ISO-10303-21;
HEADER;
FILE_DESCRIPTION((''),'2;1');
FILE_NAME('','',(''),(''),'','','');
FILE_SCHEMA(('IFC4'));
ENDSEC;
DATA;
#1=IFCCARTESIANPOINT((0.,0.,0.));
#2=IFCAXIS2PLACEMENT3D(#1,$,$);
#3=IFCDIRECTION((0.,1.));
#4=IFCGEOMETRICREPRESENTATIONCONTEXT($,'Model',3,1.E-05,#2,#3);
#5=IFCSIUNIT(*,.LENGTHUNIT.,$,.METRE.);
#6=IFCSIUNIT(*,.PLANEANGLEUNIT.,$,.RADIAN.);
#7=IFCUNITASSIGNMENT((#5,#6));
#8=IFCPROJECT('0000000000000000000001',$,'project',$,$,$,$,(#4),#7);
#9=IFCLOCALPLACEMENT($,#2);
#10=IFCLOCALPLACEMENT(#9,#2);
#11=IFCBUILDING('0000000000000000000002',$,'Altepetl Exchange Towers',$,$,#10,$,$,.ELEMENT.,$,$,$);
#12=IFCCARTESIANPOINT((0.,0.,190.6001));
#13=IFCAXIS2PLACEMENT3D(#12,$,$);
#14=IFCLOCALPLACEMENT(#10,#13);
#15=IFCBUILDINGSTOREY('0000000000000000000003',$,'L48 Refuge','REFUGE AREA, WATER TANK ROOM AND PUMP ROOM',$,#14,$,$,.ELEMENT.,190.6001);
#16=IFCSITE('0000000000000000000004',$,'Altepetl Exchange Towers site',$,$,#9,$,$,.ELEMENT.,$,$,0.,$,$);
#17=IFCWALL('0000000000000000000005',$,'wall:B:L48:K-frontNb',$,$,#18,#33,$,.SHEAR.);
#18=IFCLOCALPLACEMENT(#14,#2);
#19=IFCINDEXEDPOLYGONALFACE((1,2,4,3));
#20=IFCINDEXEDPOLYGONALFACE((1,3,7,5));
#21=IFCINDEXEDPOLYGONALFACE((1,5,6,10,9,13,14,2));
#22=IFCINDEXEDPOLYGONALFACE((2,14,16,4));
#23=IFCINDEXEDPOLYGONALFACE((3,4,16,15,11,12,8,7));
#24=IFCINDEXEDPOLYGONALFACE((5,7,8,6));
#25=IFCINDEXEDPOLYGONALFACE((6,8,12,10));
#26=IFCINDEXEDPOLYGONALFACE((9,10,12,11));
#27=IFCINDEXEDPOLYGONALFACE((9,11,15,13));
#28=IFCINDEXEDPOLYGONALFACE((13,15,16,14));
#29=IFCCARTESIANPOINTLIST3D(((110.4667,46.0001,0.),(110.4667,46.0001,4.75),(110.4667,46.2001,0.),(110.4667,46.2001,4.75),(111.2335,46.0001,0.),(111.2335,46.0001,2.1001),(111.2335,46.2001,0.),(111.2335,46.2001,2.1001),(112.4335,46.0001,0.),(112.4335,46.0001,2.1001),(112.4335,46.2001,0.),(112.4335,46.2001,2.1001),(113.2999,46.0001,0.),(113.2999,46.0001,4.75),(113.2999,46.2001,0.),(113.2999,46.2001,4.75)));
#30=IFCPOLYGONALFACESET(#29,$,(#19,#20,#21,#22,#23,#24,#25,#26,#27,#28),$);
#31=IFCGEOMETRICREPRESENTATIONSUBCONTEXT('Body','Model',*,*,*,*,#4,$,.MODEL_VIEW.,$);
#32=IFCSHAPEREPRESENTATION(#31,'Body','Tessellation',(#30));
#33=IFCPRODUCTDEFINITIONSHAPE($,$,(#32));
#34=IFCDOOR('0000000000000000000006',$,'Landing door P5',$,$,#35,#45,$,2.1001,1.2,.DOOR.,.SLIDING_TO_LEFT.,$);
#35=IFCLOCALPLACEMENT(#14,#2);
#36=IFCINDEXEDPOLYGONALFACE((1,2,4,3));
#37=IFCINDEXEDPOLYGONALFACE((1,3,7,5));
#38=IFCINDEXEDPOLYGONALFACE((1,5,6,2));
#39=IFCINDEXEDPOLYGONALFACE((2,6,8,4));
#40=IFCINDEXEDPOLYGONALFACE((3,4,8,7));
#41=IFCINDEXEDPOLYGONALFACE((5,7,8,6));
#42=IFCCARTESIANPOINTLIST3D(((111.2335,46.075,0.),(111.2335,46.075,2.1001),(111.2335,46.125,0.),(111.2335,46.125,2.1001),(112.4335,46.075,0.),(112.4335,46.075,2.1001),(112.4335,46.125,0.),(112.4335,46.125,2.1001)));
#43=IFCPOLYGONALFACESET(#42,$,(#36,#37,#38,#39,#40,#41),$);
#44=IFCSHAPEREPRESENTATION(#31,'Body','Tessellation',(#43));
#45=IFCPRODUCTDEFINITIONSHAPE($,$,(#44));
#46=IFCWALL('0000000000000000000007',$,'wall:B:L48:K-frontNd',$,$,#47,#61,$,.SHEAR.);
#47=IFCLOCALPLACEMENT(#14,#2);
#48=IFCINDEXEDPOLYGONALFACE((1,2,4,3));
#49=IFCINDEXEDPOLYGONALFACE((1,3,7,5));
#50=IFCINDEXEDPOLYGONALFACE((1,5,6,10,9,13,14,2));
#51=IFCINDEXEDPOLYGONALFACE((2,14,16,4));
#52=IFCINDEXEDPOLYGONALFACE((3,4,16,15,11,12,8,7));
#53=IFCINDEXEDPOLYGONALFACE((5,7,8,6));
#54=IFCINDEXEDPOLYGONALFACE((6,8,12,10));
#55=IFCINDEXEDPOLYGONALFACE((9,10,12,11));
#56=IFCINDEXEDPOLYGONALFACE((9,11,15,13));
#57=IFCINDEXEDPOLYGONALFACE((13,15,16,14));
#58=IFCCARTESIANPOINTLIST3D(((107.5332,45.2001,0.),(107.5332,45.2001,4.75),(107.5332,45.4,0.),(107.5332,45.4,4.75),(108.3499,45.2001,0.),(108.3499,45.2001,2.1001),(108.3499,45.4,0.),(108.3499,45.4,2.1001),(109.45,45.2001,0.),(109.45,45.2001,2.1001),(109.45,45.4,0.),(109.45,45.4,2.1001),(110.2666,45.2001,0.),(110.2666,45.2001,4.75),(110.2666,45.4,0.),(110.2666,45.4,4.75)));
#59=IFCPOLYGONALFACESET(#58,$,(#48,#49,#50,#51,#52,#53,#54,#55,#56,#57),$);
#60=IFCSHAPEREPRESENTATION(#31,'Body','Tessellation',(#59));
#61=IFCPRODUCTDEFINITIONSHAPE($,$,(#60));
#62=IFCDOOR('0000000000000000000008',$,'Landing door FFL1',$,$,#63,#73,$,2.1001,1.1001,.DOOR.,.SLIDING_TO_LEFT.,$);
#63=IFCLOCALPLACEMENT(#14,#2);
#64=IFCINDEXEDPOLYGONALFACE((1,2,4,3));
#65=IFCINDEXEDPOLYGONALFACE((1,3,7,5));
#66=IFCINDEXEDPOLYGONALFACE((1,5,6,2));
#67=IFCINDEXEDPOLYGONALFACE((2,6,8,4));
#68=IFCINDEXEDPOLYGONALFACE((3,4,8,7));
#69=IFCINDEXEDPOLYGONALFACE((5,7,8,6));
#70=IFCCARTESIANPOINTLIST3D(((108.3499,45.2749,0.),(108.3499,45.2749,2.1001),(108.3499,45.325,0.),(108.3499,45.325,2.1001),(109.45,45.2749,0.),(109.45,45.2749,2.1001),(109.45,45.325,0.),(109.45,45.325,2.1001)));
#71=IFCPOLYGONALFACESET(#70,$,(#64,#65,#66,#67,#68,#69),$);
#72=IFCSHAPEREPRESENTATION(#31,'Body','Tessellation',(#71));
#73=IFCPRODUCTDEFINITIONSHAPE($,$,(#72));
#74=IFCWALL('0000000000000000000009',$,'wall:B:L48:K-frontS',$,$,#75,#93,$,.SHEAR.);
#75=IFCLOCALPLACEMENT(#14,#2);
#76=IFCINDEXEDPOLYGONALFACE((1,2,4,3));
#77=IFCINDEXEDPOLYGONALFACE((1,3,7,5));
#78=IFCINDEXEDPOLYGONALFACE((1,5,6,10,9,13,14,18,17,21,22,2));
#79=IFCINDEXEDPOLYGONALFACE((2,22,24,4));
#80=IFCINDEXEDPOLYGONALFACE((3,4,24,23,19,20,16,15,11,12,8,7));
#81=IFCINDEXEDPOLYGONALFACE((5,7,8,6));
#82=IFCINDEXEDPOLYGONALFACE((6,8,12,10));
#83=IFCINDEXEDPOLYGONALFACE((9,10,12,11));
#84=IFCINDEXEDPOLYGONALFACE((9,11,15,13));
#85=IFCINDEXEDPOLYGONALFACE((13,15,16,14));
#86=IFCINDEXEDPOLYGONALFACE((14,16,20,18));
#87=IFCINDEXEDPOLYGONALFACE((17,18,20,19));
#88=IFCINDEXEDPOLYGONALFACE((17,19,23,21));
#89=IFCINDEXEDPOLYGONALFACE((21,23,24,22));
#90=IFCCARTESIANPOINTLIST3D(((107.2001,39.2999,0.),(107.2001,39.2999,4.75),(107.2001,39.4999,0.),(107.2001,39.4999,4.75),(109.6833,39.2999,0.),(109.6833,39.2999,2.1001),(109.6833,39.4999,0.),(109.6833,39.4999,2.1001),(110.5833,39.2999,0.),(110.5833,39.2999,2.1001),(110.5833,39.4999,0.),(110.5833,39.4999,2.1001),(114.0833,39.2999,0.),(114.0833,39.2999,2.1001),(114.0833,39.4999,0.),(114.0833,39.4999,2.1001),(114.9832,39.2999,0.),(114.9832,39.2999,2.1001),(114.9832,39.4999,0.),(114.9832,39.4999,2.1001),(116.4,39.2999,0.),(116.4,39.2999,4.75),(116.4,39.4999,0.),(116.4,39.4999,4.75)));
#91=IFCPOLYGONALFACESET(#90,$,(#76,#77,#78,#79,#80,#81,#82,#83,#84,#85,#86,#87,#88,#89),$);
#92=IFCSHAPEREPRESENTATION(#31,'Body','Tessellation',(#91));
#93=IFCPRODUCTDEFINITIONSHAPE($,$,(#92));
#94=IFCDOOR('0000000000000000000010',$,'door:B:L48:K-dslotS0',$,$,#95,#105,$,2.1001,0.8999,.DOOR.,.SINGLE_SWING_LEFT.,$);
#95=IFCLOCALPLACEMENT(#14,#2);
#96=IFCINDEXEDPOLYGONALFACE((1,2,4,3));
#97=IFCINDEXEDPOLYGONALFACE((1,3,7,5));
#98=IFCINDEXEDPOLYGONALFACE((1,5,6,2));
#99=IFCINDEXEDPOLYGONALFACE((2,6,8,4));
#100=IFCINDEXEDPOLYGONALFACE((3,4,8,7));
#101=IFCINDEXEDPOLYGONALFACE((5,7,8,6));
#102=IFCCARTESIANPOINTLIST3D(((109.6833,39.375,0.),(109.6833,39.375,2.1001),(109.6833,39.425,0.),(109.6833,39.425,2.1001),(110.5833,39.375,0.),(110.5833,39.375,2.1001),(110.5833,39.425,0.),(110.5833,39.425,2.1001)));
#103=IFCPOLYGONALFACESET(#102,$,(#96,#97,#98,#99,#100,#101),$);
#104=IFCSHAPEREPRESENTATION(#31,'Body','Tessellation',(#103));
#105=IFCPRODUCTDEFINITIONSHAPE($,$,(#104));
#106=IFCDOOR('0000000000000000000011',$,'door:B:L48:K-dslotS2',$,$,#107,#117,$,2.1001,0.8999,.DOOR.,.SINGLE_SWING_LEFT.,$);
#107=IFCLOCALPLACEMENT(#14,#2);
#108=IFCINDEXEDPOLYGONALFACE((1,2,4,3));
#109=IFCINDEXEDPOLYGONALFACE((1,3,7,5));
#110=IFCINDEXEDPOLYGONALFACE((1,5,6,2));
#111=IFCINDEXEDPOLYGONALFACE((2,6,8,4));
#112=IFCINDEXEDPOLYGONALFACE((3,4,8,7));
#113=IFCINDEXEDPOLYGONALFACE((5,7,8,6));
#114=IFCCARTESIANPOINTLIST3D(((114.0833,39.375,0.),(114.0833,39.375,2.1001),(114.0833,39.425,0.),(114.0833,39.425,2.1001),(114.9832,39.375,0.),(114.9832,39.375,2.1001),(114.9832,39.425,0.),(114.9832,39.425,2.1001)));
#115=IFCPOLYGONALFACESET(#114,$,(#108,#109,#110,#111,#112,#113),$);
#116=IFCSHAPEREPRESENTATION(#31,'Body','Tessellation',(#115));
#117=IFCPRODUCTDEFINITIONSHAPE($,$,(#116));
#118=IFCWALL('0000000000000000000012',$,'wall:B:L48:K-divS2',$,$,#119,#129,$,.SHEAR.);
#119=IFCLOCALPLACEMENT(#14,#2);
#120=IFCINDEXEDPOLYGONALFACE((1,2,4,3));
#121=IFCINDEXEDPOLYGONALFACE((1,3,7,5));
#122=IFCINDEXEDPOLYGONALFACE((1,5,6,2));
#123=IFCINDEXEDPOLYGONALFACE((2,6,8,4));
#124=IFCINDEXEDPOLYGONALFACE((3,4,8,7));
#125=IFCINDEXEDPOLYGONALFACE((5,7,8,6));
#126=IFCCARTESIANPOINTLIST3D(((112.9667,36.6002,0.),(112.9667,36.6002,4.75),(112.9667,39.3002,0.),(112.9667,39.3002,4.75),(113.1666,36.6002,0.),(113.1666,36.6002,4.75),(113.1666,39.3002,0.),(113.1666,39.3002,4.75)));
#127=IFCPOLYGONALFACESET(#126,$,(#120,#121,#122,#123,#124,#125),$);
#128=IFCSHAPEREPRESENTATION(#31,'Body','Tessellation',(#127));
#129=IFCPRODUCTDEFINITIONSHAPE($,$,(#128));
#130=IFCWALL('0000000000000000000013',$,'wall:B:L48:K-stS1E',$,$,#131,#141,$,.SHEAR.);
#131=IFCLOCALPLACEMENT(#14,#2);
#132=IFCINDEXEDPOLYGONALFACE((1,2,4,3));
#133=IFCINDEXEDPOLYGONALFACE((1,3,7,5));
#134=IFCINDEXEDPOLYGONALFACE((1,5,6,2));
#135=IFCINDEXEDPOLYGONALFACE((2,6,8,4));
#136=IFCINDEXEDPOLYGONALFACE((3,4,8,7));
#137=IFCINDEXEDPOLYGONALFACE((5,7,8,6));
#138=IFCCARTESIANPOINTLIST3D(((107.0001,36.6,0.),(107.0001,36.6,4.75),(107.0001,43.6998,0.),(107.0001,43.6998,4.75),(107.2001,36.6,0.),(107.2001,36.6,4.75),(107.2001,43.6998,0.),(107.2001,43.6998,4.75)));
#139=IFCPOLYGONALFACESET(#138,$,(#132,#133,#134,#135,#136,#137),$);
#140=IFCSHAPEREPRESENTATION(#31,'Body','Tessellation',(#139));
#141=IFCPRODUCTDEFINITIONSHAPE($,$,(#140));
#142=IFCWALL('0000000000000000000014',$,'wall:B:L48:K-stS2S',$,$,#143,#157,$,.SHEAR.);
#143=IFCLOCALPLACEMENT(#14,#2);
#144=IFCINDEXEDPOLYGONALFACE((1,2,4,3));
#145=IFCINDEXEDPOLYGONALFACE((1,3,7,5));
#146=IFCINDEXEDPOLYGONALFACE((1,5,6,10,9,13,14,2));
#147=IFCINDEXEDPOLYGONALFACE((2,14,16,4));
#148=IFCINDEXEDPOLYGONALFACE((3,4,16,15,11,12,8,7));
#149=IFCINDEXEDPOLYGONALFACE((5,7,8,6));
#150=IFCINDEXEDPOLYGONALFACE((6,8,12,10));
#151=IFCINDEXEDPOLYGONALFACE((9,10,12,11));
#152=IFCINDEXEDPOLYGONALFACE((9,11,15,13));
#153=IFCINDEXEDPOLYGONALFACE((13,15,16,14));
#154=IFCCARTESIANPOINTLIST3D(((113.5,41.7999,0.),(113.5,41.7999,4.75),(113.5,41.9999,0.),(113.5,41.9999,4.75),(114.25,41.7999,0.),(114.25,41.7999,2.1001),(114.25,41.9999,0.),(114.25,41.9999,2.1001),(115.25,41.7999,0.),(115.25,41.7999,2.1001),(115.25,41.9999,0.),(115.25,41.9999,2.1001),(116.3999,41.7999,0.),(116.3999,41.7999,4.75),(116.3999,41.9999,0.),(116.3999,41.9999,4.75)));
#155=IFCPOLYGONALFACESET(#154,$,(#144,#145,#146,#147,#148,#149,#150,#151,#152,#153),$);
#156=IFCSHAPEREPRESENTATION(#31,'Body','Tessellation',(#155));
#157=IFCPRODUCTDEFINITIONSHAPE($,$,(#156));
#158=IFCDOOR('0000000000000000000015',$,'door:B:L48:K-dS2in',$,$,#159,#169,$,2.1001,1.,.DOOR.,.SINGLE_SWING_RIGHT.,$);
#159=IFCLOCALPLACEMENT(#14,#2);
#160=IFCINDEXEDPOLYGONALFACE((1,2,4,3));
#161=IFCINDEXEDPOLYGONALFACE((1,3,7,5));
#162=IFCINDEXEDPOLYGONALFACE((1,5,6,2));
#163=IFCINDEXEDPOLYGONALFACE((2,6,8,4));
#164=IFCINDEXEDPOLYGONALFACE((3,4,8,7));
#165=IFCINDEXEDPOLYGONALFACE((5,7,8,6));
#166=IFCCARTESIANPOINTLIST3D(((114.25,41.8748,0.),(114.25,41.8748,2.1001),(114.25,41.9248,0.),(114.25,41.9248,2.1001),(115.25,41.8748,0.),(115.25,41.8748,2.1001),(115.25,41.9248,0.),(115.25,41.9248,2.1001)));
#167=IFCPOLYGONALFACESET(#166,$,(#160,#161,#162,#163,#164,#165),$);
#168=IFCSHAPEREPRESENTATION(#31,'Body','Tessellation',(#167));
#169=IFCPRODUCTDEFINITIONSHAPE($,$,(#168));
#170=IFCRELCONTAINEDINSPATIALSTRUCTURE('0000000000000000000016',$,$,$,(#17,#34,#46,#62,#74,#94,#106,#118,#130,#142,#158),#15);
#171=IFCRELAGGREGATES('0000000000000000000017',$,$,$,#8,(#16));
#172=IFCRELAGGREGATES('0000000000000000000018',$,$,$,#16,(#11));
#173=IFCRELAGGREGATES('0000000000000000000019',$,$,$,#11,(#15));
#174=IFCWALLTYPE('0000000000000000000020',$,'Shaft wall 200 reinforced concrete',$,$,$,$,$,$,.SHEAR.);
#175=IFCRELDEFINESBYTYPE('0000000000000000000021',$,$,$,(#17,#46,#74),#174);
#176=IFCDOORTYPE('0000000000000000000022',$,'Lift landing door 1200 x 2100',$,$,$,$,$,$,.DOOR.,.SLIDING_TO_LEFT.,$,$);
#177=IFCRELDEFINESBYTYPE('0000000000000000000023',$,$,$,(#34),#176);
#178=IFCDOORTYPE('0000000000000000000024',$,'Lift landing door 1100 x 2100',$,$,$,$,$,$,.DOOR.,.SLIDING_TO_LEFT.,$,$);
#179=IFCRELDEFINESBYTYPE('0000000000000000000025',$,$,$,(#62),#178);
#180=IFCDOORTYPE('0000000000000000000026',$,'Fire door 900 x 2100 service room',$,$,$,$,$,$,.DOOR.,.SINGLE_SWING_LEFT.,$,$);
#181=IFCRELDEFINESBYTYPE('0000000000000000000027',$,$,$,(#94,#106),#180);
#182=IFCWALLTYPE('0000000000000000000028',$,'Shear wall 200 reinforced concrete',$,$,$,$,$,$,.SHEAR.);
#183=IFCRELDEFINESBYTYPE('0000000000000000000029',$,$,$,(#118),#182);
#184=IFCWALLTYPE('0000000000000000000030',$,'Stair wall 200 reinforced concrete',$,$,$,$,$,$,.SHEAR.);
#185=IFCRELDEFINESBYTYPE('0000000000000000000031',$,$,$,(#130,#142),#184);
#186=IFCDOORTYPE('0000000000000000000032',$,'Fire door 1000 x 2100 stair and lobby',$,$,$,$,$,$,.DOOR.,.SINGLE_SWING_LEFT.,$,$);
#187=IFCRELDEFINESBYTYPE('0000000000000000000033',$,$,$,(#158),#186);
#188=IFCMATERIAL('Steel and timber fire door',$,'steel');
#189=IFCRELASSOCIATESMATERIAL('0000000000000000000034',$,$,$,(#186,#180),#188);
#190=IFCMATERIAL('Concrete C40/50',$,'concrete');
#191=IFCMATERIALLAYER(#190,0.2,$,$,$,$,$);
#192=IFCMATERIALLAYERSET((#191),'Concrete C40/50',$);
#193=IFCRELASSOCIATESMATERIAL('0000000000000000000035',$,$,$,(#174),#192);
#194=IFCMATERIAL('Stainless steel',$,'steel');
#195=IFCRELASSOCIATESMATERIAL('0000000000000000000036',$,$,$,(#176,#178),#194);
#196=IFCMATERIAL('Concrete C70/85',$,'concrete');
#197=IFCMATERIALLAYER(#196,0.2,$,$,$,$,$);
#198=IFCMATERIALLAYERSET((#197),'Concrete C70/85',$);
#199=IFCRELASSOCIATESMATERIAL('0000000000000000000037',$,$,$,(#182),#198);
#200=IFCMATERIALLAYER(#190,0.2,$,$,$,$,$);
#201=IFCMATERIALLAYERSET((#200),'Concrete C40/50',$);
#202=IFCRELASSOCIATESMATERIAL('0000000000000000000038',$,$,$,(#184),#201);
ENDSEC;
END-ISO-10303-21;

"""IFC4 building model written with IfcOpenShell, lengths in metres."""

from ifc_helpers import new_model, si_unit, direction, frame, frame_2d, origin, place, context, subcontext, project, spatial, rectangle, extrude, material, layer, layer_set, type_object, element, fill, save


model = new_model("IFC4")

# Units and contexts
model_context = context("Model", 3, precision=1e-05, world=origin(), true_north=direction((0.0, 1.0)))
body_context = subcontext(model_context, "Body", "Model", "MODEL_VIEW")
ifc_project = project(units=[si_unit("LENGTHUNIT", "METRE"), si_unit("PLANEANGLEUNIT", "RADIAN")], contexts=[model_context])

# Site, building, storey
site_placement = place(None, origin())
site = spatial("IfcSite", under=ifc_project, at=site_placement, Name="Altepetl Exchange Towers site", CompositionType="ELEMENT", RefElevation=0.0)
building_placement = place(site_placement, origin())
building = spatial("IfcBuilding", under=site, at=building_placement, Name="Altepetl Exchange Towers", CompositionType="ELEMENT")
storey_placement = place(building_placement, frame((0.0, 0.0, 190.6001)))
storey = spatial("IfcBuildingStorey", under=building, at=storey_placement, Name="L48 Refuge", Description="REFUGE AREA, WATER TANK ROOM AND PUMP ROOM", CompositionType="ELEMENT", Elevation=190.6001)

# Shared definitions
ifc_material_1 = material(Name="Steel and timber fire door", Category="steel")
door_type_1 = type_object("IfcDoorType", Name="Fire door 1000 x 2100 stair and lobby", OperationType="SINGLE_SWING_LEFT", PredefinedType="DOOR", material=ifc_material_1)
door_type_2 = type_object("IfcDoorType", Name="Fire door 900 x 2100 service room", OperationType="SINGLE_SWING_LEFT", PredefinedType="DOOR", material=ifc_material_1)

# Shared definitions
ifc_material_2 = material(Name="Concrete C40/50", Category="concrete")
ifc_layer_1 = layer(ifc_material_2, 0.2)
ifc_layer_set_1 = layer_set([ifc_layer_1], Name="Concrete C40/50")
wall_type_1 = type_object("IfcWallType", Name="Shaft wall 200 reinforced concrete", PredefinedType="SHEAR", material=ifc_layer_set_1)

# Walls, openings, doors
wall_1_placement = place(storey_placement, frame((110.4668, 46.1001, 0.0)))
wall_1 = element("IfcWall", 1, at=wall_1_placement, inside=storey, type_object=wall_type_1, Name="wall:B:L48:K-frontNb", PredefinedType="SHEAR", context=body_context, shape_type="SweptSolid", body=[
    extrude(rectangle(XDim=2.8333, YDim=0.2, at=frame_2d((1.4165, 0.0))), origin(), (0.0, 0.0, 1.0), 4.75),
])
opening_1_placement = place(wall_1_placement, frame((0.7666, 0.0, 0.0)))
opening_1 = element("IfcOpeningElement", 2, at=opening_1_placement, cuts=wall_1, PredefinedType="OPENING", context=body_context, shape_type="SweptSolid", body=[
    extrude(rectangle(XDim=1.2, YDim=2.1001, at=frame_2d((0.6001, 1.05))), frame((0.0, 0.1099, 0.0), z_axis=(0.0, -1.0, 0.0), x_axis=(1.0, 0.0, 0.0)), (0.0, 0.0, 1.0), 0.22),
])
ifc_material_3 = material(Name="Stainless steel", Category="steel")
door_type_3 = type_object("IfcDoorType", Name="Lift landing door 1200 x 2100", OperationType="SLIDING_TO_LEFT", PredefinedType="DOOR", material=ifc_material_3)
door_1_placement = place(opening_1_placement, origin())
door_1 = element("IfcDoor", 3, at=door_1_placement, inside=storey, type_object=door_type_3, Name="Landing door P5", OperationType="SLIDING_TO_LEFT", OverallHeight=2.1001, OverallWidth=1.2, PredefinedType="DOOR", context=body_context, shape_type="SweptSolid", body=[
    extrude(rectangle(XDim=1.2, YDim=2.1001, at=frame_2d((0.6001, 1.05))), frame((0.0, 0.0249, 0.0), z_axis=(0.0, -1.0, 0.0), x_axis=(1.0, 0.0, 0.0)), (0.0, 0.0, 1.0), 0.05),
])
fill(opening_1, door_1)
wall_2_placement = place(storey_placement, frame((107.5332, 45.3, 0.0)))
wall_2 = element("IfcWall", 4, at=wall_2_placement, inside=storey, type_object=wall_type_1, Name="wall:B:L48:K-frontNd", PredefinedType="SHEAR", context=body_context, shape_type="SweptSolid", body=[
    extrude(rectangle(XDim=2.7334, YDim=0.2, at=frame_2d((1.3667, 0.0))), origin(), (0.0, 0.0, 1.0), 4.75),
])
opening_2_placement = place(wall_2_placement, frame((0.8167, 0.0, 0.0)))
opening_2 = element("IfcOpeningElement", 5, at=opening_2_placement, cuts=wall_2, PredefinedType="OPENING", context=body_context, shape_type="SweptSolid", body=[
    extrude(rectangle(XDim=1.1001, YDim=2.1001, at=frame_2d((0.55, 1.05))), frame((0.0, 0.1099, 0.0), z_axis=(0.0, -1.0, 0.0), x_axis=(1.0, 0.0, 0.0)), (0.0, 0.0, 1.0), 0.22),
])
door_type_4 = type_object("IfcDoorType", Name="Lift landing door 1100 x 2100", OperationType="SLIDING_TO_LEFT", PredefinedType="DOOR", material=ifc_material_3)
door_2_placement = place(opening_2_placement, origin())
door_2 = element("IfcDoor", 6, at=door_2_placement, inside=storey, type_object=door_type_4, Name="Landing door FFL1", OperationType="SLIDING_TO_LEFT", OverallHeight=2.1001, OverallWidth=1.1001, PredefinedType="DOOR", context=body_context, shape_type="SweptSolid", body=[
    extrude(rectangle(XDim=1.1001, YDim=2.1001, at=frame_2d((0.55, 1.05))), frame((0.0, 0.0249, 0.0), z_axis=(0.0, -1.0, 0.0), x_axis=(1.0, 0.0, 0.0)), (0.0, 0.0, 1.0), 0.05),
])
fill(opening_2, door_2)

# Wall, openings, doors
wall_3_placement = place(storey_placement, frame((107.2, 39.3999, 0.0)))
wall_3 = element("IfcWall", 7, at=wall_3_placement, inside=storey, type_object=wall_type_1, Name="wall:B:L48:K-frontS", PredefinedType="SHEAR", context=body_context, shape_type="SweptSolid", body=[
    extrude(rectangle(XDim=9.2, YDim=0.2, at=frame_2d((4.6001, 0.0))), origin(), (0.0, 0.0, 1.0), 4.75),
])
opening_3_placement = place(wall_3_placement, frame((2.4834, 0.0, 0.0)))
opening_3 = element("IfcOpeningElement", 8, at=opening_3_placement, cuts=wall_3, PredefinedType="OPENING", context=body_context, shape_type="SweptSolid", body=[
    extrude(rectangle(XDim=0.8999, YDim=2.1001, at=frame_2d((0.45, 1.05))), frame((0.0, 0.1099, 0.0), z_axis=(0.0, -1.0, 0.0), x_axis=(1.0, 0.0, 0.0)), (0.0, 0.0, 1.0), 0.22),
])
opening_4_placement = place(wall_3_placement, frame((6.8833, 0.0, 0.0)))
opening_4 = element("IfcOpeningElement", 9, at=opening_4_placement, cuts=wall_3, PredefinedType="OPENING", context=body_context, shape_type="SweptSolid", body=[
    extrude(rectangle(XDim=0.8999, YDim=2.1001, at=frame_2d((0.45, 1.05))), frame((0.0, 0.1099, 0.0), z_axis=(0.0, -1.0, 0.0), x_axis=(1.0, 0.0, 0.0)), (0.0, 0.0, 1.0), 0.22),
])
door_3_placement = place(opening_3_placement, frame((0.8999, 0.0, 0.0), x_axis=(-1.0, 0.0, 0.0)))
door_3 = element("IfcDoor", 10, at=door_3_placement, inside=storey, type_object=door_type_2, Name="door:B:L48:K-dslotS0", OperationType="SINGLE_SWING_LEFT", OverallHeight=2.1001, OverallWidth=0.8999, PredefinedType="DOOR", context=body_context, shape_type="SweptSolid", body=[
    extrude(rectangle(XDim=0.8999, YDim=2.1001, at=frame_2d((0.45, 1.05))), frame((0.0, 0.0249, 0.0), z_axis=(0.0, -1.0, 0.0), x_axis=(1.0, 0.0, 0.0)), (0.0, 0.0, 1.0), 0.05),
])
fill(opening_3, door_3)
door_4_placement = place(opening_4_placement, frame((0.8999, 0.0, 0.0), x_axis=(-1.0, 0.0, 0.0)))
door_4 = element("IfcDoor", 11, at=door_4_placement, inside=storey, type_object=door_type_2, Name="door:B:L48:K-dslotS2", OperationType="SINGLE_SWING_LEFT", OverallHeight=2.1001, OverallWidth=0.8999, PredefinedType="DOOR", context=body_context, shape_type="SweptSolid", body=[
    extrude(rectangle(XDim=0.8999, YDim=2.1001, at=frame_2d((0.45, 1.05))), frame((0.0, 0.0249, 0.0), z_axis=(0.0, -1.0, 0.0), x_axis=(1.0, 0.0, 0.0)), (0.0, 0.0, 1.0), 0.05),
])
fill(opening_4, door_4)

# Walls
ifc_material_4 = material(Name="Concrete C70/85", Category="concrete")
ifc_layer_2 = layer(ifc_material_4, 0.2)
ifc_layer_set_2 = layer_set([ifc_layer_2], Name="Concrete C70/85")
wall_type_2 = type_object("IfcWallType", Name="Shear wall 200 reinforced concrete", PredefinedType="SHEAR", material=ifc_layer_set_2)
wall_4_placement = place(storey_placement, frame((113.0667, 36.6001, 0.0), z_axis=(0.0, 0.0, 1.0), x_axis=(0.0, 1.0, 0.0)))
element("IfcWall", 12, at=wall_4_placement, inside=storey, type_object=wall_type_2, Name="wall:B:L48:K-divS2", PredefinedType="SHEAR", context=body_context, shape_type="SweptSolid", body=[
    extrude(rectangle(XDim=2.7, YDim=0.2, at=frame_2d((1.3501, 0.0))), origin(), (0.0, 0.0, 1.0), 4.75),
])
ifc_layer_3 = layer(ifc_material_2, 0.2)
ifc_layer_set_3 = layer_set([ifc_layer_3], Name="Concrete C40/50")
wall_type_3 = type_object("IfcWallType", Name="Stair wall 200 reinforced concrete", PredefinedType="SHEAR", material=ifc_layer_set_3)
wall_5_placement = place(storey_placement, frame((107.1001, 36.6001, 0.0), z_axis=(0.0, 0.0, 1.0), x_axis=(0.0, 1.0, 0.0)))
element("IfcWall", 13, at=wall_5_placement, inside=storey, type_object=wall_type_3, Name="wall:B:L48:K-stS1E", PredefinedType="SHEAR", context=body_context, shape_type="SweptSolid", body=[
    extrude(rectangle(XDim=7.0999, YDim=0.2, at=frame_2d((3.5498, 0.0))), origin(), (0.0, 0.0, 1.0), 4.75),
])

# Wall, opening, door
wall_6_placement = place(storey_placement, frame((113.5, 41.8999, 0.0)))
wall_6 = element("IfcWall", 14, at=wall_6_placement, inside=storey, type_object=wall_type_3, Name="wall:B:L48:K-stS2S", PredefinedType="SHEAR", context=body_context, shape_type="SweptSolid", body=[
    extrude(rectangle(XDim=2.8999, YDim=0.2, at=frame_2d((1.45, 0.0))), origin(), (0.0, 0.0, 1.0), 4.75),
])
opening_5_placement = place(wall_6_placement, frame((0.75, 0.0, 0.0)))
opening_5 = element("IfcOpeningElement", 15, at=opening_5_placement, cuts=wall_6, PredefinedType="OPENING", context=body_context, shape_type="SweptSolid", body=[
    extrude(rectangle(XDim=1.0, YDim=2.1001, at=frame_2d((0.5, 1.05))), frame((0.0, 0.1099, 0.0), z_axis=(0.0, -1.0, 0.0), x_axis=(1.0, 0.0, 0.0)), (0.0, 0.0, 1.0), 0.22),
])
door_5_placement = place(opening_5_placement, origin())
door_5 = element("IfcDoor", 16, at=door_5_placement, inside=storey, type_object=door_type_1, Name="door:B:L48:K-dS2in", OperationType="SINGLE_SWING_RIGHT", OverallHeight=2.1001, OverallWidth=1.0, PredefinedType="DOOR", context=body_context, shape_type="SweptSolid", body=[
    extrude(rectangle(XDim=1.0, YDim=2.1001, at=frame_2d((0.5, 1.05))), frame((0.0, 0.0249, 0.0), z_axis=(0.0, -1.0, 0.0), x_axis=(1.0, 0.0, 0.0)), (0.0, 0.0, 1.0), 0.05),
])
fill(opening_5, door_5)

save(model, "model.ifc")
